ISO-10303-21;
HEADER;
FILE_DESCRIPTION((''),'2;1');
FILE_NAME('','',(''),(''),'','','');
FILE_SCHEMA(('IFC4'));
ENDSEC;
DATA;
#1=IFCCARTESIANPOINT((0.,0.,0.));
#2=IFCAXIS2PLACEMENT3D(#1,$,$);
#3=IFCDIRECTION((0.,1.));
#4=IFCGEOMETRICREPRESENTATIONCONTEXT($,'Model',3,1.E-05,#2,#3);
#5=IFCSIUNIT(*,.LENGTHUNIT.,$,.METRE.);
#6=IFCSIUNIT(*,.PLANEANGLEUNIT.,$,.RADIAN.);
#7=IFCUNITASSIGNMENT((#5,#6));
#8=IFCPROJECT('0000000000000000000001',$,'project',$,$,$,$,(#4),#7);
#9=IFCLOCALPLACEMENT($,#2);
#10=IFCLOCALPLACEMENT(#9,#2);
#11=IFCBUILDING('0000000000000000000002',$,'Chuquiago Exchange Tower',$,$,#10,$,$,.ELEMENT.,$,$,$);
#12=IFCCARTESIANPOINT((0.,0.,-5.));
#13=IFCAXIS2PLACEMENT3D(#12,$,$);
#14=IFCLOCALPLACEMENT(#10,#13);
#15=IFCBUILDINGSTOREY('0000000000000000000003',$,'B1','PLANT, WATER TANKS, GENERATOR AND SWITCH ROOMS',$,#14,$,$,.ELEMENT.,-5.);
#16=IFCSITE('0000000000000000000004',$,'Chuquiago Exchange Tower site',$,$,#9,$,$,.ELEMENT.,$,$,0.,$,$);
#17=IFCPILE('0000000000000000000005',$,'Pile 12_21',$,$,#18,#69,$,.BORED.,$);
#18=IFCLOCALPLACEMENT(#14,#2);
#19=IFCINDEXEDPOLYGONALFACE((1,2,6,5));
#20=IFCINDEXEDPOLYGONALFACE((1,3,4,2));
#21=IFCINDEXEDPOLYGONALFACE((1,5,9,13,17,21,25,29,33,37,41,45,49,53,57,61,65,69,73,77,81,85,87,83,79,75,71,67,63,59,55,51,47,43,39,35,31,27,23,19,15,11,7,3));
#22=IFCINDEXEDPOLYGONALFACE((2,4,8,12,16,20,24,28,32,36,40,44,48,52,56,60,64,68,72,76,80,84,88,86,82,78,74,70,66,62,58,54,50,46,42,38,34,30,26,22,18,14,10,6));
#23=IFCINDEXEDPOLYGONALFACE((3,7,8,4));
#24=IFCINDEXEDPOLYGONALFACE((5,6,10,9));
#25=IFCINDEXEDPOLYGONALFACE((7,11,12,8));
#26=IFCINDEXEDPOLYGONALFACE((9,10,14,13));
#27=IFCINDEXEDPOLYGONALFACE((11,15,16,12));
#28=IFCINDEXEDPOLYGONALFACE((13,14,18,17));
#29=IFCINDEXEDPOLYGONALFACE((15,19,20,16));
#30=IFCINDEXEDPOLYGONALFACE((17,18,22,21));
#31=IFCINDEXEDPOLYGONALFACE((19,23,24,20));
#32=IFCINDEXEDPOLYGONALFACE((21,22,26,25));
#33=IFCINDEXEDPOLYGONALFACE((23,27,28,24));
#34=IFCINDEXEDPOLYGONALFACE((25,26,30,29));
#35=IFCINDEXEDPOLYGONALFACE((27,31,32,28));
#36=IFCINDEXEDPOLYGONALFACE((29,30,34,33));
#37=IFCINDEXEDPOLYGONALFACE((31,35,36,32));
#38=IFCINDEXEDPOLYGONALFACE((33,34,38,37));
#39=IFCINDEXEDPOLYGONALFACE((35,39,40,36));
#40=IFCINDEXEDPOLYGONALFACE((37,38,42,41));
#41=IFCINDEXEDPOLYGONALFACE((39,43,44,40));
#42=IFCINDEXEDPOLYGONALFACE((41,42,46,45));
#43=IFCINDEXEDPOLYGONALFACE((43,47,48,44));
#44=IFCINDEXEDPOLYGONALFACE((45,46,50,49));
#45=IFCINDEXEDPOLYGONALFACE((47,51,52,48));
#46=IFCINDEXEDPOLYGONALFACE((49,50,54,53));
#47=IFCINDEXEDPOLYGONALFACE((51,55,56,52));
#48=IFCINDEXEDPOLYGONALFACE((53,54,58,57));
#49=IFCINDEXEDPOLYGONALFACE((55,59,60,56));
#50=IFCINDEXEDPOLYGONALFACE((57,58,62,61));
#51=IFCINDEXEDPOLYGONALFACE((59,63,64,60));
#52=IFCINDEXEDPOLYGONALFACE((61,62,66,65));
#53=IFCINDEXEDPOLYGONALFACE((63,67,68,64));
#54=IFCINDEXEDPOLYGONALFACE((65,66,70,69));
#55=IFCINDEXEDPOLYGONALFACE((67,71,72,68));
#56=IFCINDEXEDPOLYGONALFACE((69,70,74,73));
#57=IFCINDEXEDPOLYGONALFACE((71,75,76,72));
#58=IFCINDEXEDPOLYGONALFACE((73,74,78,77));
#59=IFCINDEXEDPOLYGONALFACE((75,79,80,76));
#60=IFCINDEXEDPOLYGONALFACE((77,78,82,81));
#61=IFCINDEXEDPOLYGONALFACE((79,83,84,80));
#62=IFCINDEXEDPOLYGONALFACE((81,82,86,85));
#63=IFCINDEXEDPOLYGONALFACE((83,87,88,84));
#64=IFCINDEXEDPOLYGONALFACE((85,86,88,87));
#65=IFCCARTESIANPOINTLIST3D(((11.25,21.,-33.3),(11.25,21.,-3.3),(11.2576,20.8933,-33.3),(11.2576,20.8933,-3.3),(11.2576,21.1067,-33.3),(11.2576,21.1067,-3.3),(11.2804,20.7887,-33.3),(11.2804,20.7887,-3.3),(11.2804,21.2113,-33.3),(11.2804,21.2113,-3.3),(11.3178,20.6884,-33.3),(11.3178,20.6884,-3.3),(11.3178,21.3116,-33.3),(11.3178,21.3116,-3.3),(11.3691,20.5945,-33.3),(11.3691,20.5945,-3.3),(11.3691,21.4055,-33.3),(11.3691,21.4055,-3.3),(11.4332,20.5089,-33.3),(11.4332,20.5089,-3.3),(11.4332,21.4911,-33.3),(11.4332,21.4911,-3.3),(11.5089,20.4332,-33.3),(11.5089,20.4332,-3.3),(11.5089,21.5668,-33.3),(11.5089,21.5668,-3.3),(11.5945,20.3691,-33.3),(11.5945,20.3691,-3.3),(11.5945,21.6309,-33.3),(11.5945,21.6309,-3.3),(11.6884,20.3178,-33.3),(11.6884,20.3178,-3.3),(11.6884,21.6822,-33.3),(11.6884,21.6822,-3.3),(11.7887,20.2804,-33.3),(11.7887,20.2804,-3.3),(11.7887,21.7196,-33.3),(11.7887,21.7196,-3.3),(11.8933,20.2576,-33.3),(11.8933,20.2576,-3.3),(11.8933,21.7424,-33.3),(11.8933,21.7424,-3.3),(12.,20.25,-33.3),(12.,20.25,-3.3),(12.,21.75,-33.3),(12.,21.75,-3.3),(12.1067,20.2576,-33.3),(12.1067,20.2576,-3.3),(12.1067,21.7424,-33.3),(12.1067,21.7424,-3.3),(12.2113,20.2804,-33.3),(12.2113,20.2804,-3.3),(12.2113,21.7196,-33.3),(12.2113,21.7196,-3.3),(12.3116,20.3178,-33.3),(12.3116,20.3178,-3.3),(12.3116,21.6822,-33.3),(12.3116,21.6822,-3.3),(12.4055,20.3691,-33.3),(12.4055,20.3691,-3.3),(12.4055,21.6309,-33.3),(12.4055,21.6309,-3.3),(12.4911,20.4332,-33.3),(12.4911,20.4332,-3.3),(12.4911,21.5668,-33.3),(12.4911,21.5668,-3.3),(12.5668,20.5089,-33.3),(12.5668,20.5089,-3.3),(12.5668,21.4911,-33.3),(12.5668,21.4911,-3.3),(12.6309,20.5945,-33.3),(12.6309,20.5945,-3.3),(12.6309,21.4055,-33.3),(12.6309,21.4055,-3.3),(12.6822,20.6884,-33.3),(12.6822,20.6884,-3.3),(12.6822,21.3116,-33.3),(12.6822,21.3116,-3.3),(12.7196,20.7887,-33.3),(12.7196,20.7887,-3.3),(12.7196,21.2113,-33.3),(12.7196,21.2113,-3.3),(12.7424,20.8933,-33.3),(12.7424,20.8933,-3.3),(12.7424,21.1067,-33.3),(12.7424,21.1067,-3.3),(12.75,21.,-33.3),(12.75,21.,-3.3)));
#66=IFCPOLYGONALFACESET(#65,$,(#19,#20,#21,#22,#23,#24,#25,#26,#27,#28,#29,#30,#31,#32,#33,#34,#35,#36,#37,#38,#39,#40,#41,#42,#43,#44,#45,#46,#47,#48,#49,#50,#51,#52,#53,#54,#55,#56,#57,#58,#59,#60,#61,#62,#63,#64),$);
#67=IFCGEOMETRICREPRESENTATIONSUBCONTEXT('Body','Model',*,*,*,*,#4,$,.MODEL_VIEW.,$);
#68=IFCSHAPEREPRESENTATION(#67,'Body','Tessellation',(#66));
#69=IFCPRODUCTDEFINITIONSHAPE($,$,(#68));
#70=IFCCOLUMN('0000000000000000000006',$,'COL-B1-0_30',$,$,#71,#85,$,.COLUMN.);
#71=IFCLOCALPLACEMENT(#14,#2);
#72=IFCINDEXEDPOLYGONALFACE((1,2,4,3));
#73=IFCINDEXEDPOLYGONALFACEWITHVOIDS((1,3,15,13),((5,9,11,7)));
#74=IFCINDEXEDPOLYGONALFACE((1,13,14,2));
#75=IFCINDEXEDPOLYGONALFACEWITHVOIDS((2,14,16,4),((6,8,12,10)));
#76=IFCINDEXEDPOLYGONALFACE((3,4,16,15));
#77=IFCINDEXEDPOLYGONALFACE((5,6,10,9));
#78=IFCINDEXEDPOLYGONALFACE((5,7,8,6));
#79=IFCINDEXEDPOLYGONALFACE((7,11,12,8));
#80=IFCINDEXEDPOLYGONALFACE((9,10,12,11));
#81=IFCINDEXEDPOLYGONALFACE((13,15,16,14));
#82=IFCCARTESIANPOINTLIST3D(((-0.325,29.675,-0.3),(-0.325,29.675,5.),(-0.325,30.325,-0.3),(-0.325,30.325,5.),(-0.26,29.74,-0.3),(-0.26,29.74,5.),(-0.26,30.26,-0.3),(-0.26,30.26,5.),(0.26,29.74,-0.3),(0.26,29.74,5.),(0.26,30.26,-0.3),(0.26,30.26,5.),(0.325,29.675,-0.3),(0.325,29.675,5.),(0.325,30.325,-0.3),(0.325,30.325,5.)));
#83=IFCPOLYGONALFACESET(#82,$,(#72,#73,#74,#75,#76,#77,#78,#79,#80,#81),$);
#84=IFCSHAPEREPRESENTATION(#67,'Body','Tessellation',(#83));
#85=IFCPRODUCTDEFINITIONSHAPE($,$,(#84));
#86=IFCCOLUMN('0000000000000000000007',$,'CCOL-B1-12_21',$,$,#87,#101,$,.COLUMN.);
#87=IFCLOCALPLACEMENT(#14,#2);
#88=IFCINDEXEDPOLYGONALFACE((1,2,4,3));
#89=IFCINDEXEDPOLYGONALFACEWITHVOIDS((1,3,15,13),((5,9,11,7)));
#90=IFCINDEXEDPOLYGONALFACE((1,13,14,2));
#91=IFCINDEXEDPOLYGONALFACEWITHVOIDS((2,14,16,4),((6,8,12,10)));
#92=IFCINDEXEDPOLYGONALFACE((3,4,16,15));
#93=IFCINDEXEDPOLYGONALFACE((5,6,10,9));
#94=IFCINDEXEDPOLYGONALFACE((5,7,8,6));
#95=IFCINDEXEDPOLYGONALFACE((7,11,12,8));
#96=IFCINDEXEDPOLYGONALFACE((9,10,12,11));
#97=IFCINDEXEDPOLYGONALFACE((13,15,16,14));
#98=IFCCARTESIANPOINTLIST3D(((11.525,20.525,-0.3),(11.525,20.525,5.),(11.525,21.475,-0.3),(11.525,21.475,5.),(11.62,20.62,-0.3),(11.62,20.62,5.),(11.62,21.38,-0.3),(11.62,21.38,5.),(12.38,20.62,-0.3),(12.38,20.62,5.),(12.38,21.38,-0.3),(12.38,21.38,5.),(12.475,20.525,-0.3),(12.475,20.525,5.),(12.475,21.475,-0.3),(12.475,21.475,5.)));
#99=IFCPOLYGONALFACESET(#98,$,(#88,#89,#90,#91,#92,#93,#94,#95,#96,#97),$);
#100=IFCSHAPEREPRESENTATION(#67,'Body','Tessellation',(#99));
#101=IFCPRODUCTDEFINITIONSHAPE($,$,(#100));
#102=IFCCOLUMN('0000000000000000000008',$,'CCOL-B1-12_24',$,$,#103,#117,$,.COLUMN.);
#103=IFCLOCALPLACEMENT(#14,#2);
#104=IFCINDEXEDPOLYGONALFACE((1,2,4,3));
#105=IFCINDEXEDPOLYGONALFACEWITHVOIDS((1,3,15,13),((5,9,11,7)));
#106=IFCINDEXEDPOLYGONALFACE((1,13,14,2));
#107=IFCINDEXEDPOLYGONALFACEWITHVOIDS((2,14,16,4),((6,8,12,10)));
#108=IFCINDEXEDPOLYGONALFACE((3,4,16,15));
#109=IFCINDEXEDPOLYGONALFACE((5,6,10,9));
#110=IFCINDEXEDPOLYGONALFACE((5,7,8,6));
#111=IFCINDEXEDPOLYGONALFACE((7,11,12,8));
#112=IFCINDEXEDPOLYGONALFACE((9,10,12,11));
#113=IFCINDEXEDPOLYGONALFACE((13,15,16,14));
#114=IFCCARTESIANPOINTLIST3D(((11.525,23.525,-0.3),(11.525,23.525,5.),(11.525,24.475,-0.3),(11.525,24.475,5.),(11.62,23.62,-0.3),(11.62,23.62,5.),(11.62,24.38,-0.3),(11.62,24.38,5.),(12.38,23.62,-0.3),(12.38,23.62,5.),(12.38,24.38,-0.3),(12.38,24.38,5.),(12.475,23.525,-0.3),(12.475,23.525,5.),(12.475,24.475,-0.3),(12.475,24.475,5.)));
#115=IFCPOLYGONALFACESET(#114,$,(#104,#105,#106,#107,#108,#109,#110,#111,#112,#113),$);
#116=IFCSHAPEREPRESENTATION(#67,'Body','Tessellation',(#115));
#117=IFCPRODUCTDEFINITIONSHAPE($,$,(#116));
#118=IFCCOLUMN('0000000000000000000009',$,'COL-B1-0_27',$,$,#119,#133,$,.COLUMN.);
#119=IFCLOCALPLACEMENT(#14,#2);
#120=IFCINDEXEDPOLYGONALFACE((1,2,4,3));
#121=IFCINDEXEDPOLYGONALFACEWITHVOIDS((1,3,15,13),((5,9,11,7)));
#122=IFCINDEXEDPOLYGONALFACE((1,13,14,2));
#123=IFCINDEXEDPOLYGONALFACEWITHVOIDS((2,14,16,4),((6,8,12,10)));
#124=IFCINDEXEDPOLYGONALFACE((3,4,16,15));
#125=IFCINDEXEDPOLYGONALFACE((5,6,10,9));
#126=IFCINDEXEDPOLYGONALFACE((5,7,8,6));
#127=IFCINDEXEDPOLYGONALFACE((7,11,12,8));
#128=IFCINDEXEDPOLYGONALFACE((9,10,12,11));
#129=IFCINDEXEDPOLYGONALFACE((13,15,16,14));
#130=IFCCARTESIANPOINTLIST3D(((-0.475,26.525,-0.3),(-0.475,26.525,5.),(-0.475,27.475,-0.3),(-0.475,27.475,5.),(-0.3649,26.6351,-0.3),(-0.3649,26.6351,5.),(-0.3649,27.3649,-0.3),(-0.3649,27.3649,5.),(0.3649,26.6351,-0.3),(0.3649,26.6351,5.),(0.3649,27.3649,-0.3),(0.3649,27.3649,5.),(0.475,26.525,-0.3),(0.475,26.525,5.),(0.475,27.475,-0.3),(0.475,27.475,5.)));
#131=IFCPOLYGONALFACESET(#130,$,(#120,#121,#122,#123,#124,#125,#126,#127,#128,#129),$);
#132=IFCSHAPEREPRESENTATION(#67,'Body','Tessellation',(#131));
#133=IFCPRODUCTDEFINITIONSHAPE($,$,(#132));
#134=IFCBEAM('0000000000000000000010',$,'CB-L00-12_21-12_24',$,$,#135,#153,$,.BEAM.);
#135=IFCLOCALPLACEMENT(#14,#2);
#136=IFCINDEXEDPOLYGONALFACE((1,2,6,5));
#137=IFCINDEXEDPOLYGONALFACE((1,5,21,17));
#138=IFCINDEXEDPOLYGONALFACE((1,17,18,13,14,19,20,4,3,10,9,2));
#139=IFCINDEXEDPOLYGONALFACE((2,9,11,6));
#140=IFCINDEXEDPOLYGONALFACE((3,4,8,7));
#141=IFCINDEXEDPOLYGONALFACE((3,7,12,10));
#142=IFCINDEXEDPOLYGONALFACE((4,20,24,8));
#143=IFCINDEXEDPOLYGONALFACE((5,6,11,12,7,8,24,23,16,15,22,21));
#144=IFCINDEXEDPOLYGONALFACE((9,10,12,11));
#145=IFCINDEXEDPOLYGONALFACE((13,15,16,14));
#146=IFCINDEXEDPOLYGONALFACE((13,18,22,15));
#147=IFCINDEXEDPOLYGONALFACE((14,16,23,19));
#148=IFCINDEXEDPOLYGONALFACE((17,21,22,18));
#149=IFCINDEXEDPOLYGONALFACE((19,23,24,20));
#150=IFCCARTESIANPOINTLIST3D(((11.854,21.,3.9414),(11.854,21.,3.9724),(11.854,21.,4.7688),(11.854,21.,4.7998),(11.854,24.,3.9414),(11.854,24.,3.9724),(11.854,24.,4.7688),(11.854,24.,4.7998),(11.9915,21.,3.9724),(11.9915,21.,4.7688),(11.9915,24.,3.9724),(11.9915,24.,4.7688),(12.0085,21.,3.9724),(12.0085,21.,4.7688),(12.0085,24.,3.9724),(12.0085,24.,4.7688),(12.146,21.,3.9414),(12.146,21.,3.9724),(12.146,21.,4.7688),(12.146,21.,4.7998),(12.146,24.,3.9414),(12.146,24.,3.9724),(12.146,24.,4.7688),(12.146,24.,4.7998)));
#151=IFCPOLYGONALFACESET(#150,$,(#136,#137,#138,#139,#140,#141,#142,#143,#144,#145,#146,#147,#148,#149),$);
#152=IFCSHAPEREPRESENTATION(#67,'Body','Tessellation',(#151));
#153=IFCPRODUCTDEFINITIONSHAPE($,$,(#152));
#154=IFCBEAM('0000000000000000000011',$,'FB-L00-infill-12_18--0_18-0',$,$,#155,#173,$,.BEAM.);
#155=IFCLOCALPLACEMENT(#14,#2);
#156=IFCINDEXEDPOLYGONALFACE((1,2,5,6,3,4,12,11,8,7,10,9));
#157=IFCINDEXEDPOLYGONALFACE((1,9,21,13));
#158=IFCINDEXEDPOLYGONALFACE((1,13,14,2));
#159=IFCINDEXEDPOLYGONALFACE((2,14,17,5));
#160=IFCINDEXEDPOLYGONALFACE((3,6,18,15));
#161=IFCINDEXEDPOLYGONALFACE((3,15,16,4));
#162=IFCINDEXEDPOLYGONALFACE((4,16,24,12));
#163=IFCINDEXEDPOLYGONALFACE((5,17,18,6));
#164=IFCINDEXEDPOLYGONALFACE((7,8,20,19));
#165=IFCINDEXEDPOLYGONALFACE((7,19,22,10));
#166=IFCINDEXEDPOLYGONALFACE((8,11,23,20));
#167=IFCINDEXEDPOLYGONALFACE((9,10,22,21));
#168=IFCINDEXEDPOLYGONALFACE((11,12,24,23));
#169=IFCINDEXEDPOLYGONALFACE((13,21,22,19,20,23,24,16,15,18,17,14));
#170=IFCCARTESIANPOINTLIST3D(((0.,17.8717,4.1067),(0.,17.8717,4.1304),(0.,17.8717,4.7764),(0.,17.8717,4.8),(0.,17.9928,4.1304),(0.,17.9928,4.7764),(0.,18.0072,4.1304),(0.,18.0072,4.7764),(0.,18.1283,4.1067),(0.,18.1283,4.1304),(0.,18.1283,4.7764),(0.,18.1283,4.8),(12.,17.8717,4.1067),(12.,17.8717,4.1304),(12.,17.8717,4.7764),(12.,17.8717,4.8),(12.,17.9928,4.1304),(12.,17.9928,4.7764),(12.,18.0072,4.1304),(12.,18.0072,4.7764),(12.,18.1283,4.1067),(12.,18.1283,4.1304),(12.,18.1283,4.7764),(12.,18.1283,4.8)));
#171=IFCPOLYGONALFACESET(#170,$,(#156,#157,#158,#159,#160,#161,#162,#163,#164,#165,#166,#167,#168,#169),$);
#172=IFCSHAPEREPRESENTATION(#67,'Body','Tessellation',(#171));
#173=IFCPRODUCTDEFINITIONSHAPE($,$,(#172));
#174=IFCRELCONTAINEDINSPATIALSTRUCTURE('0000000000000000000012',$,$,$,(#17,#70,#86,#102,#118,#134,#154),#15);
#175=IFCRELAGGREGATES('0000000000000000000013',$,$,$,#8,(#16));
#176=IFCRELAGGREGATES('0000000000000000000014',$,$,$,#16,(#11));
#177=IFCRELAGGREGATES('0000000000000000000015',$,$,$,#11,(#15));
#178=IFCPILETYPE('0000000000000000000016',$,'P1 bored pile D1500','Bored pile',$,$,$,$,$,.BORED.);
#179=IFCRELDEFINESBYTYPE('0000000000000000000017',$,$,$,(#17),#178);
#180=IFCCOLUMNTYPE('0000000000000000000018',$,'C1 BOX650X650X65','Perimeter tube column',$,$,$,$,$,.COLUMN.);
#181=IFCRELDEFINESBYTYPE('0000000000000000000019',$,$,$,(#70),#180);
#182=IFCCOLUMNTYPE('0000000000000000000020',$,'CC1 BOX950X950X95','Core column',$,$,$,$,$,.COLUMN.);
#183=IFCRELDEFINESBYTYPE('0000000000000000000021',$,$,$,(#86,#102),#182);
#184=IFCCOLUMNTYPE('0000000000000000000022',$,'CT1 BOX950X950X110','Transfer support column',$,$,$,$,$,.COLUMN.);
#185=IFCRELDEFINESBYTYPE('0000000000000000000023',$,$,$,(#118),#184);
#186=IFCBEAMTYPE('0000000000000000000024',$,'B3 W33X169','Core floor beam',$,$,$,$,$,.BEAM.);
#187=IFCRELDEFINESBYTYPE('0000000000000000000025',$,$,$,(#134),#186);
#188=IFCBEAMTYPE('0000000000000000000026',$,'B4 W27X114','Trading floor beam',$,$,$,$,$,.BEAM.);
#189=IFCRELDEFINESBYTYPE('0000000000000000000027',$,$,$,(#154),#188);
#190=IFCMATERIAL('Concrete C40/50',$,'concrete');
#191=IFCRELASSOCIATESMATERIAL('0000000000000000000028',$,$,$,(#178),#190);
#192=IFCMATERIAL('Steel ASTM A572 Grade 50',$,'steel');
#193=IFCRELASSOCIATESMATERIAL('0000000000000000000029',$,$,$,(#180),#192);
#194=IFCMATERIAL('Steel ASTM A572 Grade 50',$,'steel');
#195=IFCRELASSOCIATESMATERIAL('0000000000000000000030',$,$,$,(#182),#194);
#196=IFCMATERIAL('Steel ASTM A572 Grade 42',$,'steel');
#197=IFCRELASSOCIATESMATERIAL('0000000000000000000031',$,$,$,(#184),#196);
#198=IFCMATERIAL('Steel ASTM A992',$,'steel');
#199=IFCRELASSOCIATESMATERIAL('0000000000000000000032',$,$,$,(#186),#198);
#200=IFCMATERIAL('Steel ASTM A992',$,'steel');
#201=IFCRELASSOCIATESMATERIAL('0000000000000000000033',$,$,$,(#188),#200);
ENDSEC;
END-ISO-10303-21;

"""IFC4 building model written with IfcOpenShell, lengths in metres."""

from ifc_helpers import new_model, si_unit, direction, frame, origin, origin_2d, place, context, subcontext, project, spatial, hollow_rectangle, circle, i_section, extrude, material, material_profile, profile_set, type_object, element, save


model = new_model("IFC4")

# Units and contexts
model_context = context("Model", 3, precision=1e-05, world=origin(), true_north=direction((0.0, 1.0)))
body_context = subcontext(model_context, "Body", "Model", "MODEL_VIEW")
ifc_project = project(units=[si_unit("LENGTHUNIT", "METRE"), si_unit("PLANEANGLEUNIT", "RADIAN")], contexts=[model_context])

# Site, building, storey
site_placement = place(None, origin())
site = spatial("IfcSite", under=ifc_project, at=site_placement, Name="Chuquiago Exchange Tower site", CompositionType="ELEMENT", RefElevation=0.0)
building_placement = place(site_placement, origin())
building = spatial("IfcBuilding", under=site, at=building_placement, Name="Chuquiago Exchange Tower", CompositionType="ELEMENT")
storey_placement = place(building_placement, frame((0.0, 0.0, -5.0)))
storey = spatial("IfcBuildingStorey", under=building, at=storey_placement, Name="B1", Description="PLANT, WATER TANKS, GENERATOR AND SWITCH ROOMS", CompositionType="ELEMENT", Elevation=-5.0)

# Pile
ifc_material_1 = material(Name="Concrete C40/50", Category="concrete")
ifc_material_profile_1 = material_profile(ifc_material_1, circle(Radius=0.75, at=origin_2d()), Name="D1500")
ifc_profile_set_1 = profile_set([ifc_material_profile_1], Name="Concrete C40/50")
pile_type = type_object("IfcPileType", Name="P1 bored pile D1500", Description="Bored pile", PredefinedType="BORED", material=ifc_profile_set_1)
for number, where, z_axis, x_axis, name in (
    (1, (12.0, 21.0, -3.3), (0.0, 0.0, -1.0), (1.0, 0.0, 0.0), "Pile 12_21"),
):
    element("IfcPile", number, at=place(storey_placement, frame(where, z_axis=z_axis, x_axis=x_axis)), inside=storey, type_object=pile_type, Name=name, PredefinedType="BORED", context=body_context, shape_type="SweptSolid", body=[
        extrude(circle(Radius=0.75, at=origin_2d()), origin(), (0.0, 0.0, 1.0), 30.0),
    ])

# Columns
ifc_material_2 = material(Name="Steel ASTM A572 Grade 50", Category="steel")
ifc_material_profile_2 = material_profile(ifc_material_2, hollow_rectangle(XDim=0.6499, YDim=0.6499, WallThickness=0.0649, at=origin_2d()), Name="BOX650X650X65")
ifc_profile_set_2 = profile_set([ifc_material_profile_2], Name="Steel ASTM A572 Grade 50")
column_type_1 = type_object("IfcColumnType", Name="C1 BOX650X650X65", Description="Perimeter tube column", PredefinedType="COLUMN", material=ifc_profile_set_2)
column_1_placement = place(storey_placement, frame((0.0, 30.0, -0.3), z_axis=(0.0, 0.0, 1.0), x_axis=(-1.0, 0.0, 0.0)))
element("IfcColumn", 2, at=column_1_placement, inside=storey, type_object=column_type_1, Name="COL-B1-0_30", PredefinedType="COLUMN", context=body_context, shape_type="SweptSolid", body=[
    extrude(hollow_rectangle(XDim=0.6499, YDim=0.6499, WallThickness=0.0649, at=origin_2d()), origin(), (0.0, 0.0, 1.0), 5.3),
])
ifc_material_3 = material(Name="Steel ASTM A572 Grade 50", Category="steel")
ifc_material_profile_3 = material_profile(ifc_material_3, hollow_rectangle(XDim=0.95, YDim=0.95, WallThickness=0.095, at=origin_2d()), Name="BOX950X950X95")
ifc_profile_set_3 = profile_set([ifc_material_profile_3], Name="Steel ASTM A572 Grade 50")
column_type_2 = type_object("IfcColumnType", Name="CC1 BOX950X950X95", Description="Core column", PredefinedType="COLUMN", material=ifc_profile_set_3)
for number, where, z_axis, x_axis, name in (
    (3, (12.0, 21.0, -0.3), (0.0, 0.0, 1.0), (1.0, 0.0, 0.0), "CCOL-B1-12_21"),
    (4, (12.0, 24.0, -0.3), (0.0, 0.0, 1.0), (1.0, 0.0, 0.0), "CCOL-B1-12_24"),
):
    element("IfcColumn", number, at=place(storey_placement, frame(where, z_axis=z_axis, x_axis=x_axis)), inside=storey, type_object=column_type_2, Name=name, PredefinedType="COLUMN", context=body_context, shape_type="SweptSolid", body=[
        extrude(hollow_rectangle(XDim=0.95, YDim=0.95, WallThickness=0.095, at=origin_2d()), origin(), (0.0, 0.0, 1.0), 5.3),
    ])
ifc_material_4 = material(Name="Steel ASTM A572 Grade 42", Category="steel")
ifc_material_profile_4 = material_profile(ifc_material_4, hollow_rectangle(XDim=0.95, YDim=0.95, WallThickness=0.1101, at=origin_2d()), Name="BOX950X950X110")
ifc_profile_set_4 = profile_set([ifc_material_profile_4], Name="Steel ASTM A572 Grade 42")
column_type_3 = type_object("IfcColumnType", Name="CT1 BOX950X950X110", Description="Transfer support column", PredefinedType="COLUMN", material=ifc_profile_set_4)
column_2_placement = place(storey_placement, frame((0.0, 27.0, -0.3), z_axis=(0.0, 0.0, 1.0), x_axis=(-1.0, 0.0, 0.0)))
element("IfcColumn", 5, at=column_2_placement, inside=storey, type_object=column_type_3, Name="COL-B1-0_27", PredefinedType="COLUMN", context=body_context, shape_type="SweptSolid", body=[
    extrude(hollow_rectangle(XDim=0.95, YDim=0.95, WallThickness=0.1101, at=origin_2d()), origin(), (0.0, 0.0, 1.0), 5.3),
])

# Beams
ifc_material_5 = material(Name="Steel ASTM A992", Category="steel")
ifc_material_profile_5 = material_profile(ifc_material_5, i_section(OverallWidth=0.292, OverallDepth=0.8584, WebThickness=0.0171, FlangeThickness=0.031, at=origin_2d()), Name="W33X169")
ifc_profile_set_5 = profile_set([ifc_material_profile_5], Name="Steel ASTM A992")
beam_type_1 = type_object("IfcBeamType", Name="B3 W33X169", Description="Core floor beam", PredefinedType="BEAM", material=ifc_profile_set_5)
beam_placement = place(storey_placement, frame((12.0, 21.0, 4.3706), z_axis=(0.0, 1.0, 0.0), x_axis=(-1.0, 0.0, 0.0)))
element("IfcBeam", 6, at=beam_placement, inside=storey, type_object=beam_type_1, Name="CB-L00-12_21-12_24", PredefinedType="BEAM", context=body_context, shape_type="SweptSolid", body=[
    extrude(i_section(OverallWidth=0.292, OverallDepth=0.8584, WebThickness=0.0171, FlangeThickness=0.031, at=origin_2d()), origin(), (0.0, 0.0, 1.0), 3.0),
])
ifc_material_6 = material(Name="Steel ASTM A992", Category="steel")
ifc_material_profile_6 = material_profile(ifc_material_6, i_section(OverallWidth=0.2566, OverallDepth=0.6934, WebThickness=0.0144, FlangeThickness=0.0237, at=origin_2d()), Name="W27X114")
ifc_profile_set_6 = profile_set([ifc_material_profile_6], Name="Steel ASTM A992")
beam_type_2 = type_object("IfcBeamType", Name="B4 W27X114", Description="Trading floor beam", PredefinedType="BEAM", material=ifc_profile_set_6)
for number, where, z_axis, x_axis, name in (
    (7, (12.0, 18.0, 4.4534), (-1.0, 0.0, 0.0), (0.0, -1.0, 0.0), "FB-L00-infill-12_18--0_18-0"),
):
    element("IfcBeam", number, at=place(storey_placement, frame(where, z_axis=z_axis, x_axis=x_axis)), inside=storey, type_object=beam_type_2, Name=name, PredefinedType="BEAM", context=body_context, shape_type="SweptSolid", body=[
        extrude(i_section(OverallWidth=0.2566, OverallDepth=0.6934, WebThickness=0.0144, FlangeThickness=0.0237, at=origin_2d()), origin(), (0.0, 0.0, 1.0), 12.0),
    ])

save(model, "model.ifc")
